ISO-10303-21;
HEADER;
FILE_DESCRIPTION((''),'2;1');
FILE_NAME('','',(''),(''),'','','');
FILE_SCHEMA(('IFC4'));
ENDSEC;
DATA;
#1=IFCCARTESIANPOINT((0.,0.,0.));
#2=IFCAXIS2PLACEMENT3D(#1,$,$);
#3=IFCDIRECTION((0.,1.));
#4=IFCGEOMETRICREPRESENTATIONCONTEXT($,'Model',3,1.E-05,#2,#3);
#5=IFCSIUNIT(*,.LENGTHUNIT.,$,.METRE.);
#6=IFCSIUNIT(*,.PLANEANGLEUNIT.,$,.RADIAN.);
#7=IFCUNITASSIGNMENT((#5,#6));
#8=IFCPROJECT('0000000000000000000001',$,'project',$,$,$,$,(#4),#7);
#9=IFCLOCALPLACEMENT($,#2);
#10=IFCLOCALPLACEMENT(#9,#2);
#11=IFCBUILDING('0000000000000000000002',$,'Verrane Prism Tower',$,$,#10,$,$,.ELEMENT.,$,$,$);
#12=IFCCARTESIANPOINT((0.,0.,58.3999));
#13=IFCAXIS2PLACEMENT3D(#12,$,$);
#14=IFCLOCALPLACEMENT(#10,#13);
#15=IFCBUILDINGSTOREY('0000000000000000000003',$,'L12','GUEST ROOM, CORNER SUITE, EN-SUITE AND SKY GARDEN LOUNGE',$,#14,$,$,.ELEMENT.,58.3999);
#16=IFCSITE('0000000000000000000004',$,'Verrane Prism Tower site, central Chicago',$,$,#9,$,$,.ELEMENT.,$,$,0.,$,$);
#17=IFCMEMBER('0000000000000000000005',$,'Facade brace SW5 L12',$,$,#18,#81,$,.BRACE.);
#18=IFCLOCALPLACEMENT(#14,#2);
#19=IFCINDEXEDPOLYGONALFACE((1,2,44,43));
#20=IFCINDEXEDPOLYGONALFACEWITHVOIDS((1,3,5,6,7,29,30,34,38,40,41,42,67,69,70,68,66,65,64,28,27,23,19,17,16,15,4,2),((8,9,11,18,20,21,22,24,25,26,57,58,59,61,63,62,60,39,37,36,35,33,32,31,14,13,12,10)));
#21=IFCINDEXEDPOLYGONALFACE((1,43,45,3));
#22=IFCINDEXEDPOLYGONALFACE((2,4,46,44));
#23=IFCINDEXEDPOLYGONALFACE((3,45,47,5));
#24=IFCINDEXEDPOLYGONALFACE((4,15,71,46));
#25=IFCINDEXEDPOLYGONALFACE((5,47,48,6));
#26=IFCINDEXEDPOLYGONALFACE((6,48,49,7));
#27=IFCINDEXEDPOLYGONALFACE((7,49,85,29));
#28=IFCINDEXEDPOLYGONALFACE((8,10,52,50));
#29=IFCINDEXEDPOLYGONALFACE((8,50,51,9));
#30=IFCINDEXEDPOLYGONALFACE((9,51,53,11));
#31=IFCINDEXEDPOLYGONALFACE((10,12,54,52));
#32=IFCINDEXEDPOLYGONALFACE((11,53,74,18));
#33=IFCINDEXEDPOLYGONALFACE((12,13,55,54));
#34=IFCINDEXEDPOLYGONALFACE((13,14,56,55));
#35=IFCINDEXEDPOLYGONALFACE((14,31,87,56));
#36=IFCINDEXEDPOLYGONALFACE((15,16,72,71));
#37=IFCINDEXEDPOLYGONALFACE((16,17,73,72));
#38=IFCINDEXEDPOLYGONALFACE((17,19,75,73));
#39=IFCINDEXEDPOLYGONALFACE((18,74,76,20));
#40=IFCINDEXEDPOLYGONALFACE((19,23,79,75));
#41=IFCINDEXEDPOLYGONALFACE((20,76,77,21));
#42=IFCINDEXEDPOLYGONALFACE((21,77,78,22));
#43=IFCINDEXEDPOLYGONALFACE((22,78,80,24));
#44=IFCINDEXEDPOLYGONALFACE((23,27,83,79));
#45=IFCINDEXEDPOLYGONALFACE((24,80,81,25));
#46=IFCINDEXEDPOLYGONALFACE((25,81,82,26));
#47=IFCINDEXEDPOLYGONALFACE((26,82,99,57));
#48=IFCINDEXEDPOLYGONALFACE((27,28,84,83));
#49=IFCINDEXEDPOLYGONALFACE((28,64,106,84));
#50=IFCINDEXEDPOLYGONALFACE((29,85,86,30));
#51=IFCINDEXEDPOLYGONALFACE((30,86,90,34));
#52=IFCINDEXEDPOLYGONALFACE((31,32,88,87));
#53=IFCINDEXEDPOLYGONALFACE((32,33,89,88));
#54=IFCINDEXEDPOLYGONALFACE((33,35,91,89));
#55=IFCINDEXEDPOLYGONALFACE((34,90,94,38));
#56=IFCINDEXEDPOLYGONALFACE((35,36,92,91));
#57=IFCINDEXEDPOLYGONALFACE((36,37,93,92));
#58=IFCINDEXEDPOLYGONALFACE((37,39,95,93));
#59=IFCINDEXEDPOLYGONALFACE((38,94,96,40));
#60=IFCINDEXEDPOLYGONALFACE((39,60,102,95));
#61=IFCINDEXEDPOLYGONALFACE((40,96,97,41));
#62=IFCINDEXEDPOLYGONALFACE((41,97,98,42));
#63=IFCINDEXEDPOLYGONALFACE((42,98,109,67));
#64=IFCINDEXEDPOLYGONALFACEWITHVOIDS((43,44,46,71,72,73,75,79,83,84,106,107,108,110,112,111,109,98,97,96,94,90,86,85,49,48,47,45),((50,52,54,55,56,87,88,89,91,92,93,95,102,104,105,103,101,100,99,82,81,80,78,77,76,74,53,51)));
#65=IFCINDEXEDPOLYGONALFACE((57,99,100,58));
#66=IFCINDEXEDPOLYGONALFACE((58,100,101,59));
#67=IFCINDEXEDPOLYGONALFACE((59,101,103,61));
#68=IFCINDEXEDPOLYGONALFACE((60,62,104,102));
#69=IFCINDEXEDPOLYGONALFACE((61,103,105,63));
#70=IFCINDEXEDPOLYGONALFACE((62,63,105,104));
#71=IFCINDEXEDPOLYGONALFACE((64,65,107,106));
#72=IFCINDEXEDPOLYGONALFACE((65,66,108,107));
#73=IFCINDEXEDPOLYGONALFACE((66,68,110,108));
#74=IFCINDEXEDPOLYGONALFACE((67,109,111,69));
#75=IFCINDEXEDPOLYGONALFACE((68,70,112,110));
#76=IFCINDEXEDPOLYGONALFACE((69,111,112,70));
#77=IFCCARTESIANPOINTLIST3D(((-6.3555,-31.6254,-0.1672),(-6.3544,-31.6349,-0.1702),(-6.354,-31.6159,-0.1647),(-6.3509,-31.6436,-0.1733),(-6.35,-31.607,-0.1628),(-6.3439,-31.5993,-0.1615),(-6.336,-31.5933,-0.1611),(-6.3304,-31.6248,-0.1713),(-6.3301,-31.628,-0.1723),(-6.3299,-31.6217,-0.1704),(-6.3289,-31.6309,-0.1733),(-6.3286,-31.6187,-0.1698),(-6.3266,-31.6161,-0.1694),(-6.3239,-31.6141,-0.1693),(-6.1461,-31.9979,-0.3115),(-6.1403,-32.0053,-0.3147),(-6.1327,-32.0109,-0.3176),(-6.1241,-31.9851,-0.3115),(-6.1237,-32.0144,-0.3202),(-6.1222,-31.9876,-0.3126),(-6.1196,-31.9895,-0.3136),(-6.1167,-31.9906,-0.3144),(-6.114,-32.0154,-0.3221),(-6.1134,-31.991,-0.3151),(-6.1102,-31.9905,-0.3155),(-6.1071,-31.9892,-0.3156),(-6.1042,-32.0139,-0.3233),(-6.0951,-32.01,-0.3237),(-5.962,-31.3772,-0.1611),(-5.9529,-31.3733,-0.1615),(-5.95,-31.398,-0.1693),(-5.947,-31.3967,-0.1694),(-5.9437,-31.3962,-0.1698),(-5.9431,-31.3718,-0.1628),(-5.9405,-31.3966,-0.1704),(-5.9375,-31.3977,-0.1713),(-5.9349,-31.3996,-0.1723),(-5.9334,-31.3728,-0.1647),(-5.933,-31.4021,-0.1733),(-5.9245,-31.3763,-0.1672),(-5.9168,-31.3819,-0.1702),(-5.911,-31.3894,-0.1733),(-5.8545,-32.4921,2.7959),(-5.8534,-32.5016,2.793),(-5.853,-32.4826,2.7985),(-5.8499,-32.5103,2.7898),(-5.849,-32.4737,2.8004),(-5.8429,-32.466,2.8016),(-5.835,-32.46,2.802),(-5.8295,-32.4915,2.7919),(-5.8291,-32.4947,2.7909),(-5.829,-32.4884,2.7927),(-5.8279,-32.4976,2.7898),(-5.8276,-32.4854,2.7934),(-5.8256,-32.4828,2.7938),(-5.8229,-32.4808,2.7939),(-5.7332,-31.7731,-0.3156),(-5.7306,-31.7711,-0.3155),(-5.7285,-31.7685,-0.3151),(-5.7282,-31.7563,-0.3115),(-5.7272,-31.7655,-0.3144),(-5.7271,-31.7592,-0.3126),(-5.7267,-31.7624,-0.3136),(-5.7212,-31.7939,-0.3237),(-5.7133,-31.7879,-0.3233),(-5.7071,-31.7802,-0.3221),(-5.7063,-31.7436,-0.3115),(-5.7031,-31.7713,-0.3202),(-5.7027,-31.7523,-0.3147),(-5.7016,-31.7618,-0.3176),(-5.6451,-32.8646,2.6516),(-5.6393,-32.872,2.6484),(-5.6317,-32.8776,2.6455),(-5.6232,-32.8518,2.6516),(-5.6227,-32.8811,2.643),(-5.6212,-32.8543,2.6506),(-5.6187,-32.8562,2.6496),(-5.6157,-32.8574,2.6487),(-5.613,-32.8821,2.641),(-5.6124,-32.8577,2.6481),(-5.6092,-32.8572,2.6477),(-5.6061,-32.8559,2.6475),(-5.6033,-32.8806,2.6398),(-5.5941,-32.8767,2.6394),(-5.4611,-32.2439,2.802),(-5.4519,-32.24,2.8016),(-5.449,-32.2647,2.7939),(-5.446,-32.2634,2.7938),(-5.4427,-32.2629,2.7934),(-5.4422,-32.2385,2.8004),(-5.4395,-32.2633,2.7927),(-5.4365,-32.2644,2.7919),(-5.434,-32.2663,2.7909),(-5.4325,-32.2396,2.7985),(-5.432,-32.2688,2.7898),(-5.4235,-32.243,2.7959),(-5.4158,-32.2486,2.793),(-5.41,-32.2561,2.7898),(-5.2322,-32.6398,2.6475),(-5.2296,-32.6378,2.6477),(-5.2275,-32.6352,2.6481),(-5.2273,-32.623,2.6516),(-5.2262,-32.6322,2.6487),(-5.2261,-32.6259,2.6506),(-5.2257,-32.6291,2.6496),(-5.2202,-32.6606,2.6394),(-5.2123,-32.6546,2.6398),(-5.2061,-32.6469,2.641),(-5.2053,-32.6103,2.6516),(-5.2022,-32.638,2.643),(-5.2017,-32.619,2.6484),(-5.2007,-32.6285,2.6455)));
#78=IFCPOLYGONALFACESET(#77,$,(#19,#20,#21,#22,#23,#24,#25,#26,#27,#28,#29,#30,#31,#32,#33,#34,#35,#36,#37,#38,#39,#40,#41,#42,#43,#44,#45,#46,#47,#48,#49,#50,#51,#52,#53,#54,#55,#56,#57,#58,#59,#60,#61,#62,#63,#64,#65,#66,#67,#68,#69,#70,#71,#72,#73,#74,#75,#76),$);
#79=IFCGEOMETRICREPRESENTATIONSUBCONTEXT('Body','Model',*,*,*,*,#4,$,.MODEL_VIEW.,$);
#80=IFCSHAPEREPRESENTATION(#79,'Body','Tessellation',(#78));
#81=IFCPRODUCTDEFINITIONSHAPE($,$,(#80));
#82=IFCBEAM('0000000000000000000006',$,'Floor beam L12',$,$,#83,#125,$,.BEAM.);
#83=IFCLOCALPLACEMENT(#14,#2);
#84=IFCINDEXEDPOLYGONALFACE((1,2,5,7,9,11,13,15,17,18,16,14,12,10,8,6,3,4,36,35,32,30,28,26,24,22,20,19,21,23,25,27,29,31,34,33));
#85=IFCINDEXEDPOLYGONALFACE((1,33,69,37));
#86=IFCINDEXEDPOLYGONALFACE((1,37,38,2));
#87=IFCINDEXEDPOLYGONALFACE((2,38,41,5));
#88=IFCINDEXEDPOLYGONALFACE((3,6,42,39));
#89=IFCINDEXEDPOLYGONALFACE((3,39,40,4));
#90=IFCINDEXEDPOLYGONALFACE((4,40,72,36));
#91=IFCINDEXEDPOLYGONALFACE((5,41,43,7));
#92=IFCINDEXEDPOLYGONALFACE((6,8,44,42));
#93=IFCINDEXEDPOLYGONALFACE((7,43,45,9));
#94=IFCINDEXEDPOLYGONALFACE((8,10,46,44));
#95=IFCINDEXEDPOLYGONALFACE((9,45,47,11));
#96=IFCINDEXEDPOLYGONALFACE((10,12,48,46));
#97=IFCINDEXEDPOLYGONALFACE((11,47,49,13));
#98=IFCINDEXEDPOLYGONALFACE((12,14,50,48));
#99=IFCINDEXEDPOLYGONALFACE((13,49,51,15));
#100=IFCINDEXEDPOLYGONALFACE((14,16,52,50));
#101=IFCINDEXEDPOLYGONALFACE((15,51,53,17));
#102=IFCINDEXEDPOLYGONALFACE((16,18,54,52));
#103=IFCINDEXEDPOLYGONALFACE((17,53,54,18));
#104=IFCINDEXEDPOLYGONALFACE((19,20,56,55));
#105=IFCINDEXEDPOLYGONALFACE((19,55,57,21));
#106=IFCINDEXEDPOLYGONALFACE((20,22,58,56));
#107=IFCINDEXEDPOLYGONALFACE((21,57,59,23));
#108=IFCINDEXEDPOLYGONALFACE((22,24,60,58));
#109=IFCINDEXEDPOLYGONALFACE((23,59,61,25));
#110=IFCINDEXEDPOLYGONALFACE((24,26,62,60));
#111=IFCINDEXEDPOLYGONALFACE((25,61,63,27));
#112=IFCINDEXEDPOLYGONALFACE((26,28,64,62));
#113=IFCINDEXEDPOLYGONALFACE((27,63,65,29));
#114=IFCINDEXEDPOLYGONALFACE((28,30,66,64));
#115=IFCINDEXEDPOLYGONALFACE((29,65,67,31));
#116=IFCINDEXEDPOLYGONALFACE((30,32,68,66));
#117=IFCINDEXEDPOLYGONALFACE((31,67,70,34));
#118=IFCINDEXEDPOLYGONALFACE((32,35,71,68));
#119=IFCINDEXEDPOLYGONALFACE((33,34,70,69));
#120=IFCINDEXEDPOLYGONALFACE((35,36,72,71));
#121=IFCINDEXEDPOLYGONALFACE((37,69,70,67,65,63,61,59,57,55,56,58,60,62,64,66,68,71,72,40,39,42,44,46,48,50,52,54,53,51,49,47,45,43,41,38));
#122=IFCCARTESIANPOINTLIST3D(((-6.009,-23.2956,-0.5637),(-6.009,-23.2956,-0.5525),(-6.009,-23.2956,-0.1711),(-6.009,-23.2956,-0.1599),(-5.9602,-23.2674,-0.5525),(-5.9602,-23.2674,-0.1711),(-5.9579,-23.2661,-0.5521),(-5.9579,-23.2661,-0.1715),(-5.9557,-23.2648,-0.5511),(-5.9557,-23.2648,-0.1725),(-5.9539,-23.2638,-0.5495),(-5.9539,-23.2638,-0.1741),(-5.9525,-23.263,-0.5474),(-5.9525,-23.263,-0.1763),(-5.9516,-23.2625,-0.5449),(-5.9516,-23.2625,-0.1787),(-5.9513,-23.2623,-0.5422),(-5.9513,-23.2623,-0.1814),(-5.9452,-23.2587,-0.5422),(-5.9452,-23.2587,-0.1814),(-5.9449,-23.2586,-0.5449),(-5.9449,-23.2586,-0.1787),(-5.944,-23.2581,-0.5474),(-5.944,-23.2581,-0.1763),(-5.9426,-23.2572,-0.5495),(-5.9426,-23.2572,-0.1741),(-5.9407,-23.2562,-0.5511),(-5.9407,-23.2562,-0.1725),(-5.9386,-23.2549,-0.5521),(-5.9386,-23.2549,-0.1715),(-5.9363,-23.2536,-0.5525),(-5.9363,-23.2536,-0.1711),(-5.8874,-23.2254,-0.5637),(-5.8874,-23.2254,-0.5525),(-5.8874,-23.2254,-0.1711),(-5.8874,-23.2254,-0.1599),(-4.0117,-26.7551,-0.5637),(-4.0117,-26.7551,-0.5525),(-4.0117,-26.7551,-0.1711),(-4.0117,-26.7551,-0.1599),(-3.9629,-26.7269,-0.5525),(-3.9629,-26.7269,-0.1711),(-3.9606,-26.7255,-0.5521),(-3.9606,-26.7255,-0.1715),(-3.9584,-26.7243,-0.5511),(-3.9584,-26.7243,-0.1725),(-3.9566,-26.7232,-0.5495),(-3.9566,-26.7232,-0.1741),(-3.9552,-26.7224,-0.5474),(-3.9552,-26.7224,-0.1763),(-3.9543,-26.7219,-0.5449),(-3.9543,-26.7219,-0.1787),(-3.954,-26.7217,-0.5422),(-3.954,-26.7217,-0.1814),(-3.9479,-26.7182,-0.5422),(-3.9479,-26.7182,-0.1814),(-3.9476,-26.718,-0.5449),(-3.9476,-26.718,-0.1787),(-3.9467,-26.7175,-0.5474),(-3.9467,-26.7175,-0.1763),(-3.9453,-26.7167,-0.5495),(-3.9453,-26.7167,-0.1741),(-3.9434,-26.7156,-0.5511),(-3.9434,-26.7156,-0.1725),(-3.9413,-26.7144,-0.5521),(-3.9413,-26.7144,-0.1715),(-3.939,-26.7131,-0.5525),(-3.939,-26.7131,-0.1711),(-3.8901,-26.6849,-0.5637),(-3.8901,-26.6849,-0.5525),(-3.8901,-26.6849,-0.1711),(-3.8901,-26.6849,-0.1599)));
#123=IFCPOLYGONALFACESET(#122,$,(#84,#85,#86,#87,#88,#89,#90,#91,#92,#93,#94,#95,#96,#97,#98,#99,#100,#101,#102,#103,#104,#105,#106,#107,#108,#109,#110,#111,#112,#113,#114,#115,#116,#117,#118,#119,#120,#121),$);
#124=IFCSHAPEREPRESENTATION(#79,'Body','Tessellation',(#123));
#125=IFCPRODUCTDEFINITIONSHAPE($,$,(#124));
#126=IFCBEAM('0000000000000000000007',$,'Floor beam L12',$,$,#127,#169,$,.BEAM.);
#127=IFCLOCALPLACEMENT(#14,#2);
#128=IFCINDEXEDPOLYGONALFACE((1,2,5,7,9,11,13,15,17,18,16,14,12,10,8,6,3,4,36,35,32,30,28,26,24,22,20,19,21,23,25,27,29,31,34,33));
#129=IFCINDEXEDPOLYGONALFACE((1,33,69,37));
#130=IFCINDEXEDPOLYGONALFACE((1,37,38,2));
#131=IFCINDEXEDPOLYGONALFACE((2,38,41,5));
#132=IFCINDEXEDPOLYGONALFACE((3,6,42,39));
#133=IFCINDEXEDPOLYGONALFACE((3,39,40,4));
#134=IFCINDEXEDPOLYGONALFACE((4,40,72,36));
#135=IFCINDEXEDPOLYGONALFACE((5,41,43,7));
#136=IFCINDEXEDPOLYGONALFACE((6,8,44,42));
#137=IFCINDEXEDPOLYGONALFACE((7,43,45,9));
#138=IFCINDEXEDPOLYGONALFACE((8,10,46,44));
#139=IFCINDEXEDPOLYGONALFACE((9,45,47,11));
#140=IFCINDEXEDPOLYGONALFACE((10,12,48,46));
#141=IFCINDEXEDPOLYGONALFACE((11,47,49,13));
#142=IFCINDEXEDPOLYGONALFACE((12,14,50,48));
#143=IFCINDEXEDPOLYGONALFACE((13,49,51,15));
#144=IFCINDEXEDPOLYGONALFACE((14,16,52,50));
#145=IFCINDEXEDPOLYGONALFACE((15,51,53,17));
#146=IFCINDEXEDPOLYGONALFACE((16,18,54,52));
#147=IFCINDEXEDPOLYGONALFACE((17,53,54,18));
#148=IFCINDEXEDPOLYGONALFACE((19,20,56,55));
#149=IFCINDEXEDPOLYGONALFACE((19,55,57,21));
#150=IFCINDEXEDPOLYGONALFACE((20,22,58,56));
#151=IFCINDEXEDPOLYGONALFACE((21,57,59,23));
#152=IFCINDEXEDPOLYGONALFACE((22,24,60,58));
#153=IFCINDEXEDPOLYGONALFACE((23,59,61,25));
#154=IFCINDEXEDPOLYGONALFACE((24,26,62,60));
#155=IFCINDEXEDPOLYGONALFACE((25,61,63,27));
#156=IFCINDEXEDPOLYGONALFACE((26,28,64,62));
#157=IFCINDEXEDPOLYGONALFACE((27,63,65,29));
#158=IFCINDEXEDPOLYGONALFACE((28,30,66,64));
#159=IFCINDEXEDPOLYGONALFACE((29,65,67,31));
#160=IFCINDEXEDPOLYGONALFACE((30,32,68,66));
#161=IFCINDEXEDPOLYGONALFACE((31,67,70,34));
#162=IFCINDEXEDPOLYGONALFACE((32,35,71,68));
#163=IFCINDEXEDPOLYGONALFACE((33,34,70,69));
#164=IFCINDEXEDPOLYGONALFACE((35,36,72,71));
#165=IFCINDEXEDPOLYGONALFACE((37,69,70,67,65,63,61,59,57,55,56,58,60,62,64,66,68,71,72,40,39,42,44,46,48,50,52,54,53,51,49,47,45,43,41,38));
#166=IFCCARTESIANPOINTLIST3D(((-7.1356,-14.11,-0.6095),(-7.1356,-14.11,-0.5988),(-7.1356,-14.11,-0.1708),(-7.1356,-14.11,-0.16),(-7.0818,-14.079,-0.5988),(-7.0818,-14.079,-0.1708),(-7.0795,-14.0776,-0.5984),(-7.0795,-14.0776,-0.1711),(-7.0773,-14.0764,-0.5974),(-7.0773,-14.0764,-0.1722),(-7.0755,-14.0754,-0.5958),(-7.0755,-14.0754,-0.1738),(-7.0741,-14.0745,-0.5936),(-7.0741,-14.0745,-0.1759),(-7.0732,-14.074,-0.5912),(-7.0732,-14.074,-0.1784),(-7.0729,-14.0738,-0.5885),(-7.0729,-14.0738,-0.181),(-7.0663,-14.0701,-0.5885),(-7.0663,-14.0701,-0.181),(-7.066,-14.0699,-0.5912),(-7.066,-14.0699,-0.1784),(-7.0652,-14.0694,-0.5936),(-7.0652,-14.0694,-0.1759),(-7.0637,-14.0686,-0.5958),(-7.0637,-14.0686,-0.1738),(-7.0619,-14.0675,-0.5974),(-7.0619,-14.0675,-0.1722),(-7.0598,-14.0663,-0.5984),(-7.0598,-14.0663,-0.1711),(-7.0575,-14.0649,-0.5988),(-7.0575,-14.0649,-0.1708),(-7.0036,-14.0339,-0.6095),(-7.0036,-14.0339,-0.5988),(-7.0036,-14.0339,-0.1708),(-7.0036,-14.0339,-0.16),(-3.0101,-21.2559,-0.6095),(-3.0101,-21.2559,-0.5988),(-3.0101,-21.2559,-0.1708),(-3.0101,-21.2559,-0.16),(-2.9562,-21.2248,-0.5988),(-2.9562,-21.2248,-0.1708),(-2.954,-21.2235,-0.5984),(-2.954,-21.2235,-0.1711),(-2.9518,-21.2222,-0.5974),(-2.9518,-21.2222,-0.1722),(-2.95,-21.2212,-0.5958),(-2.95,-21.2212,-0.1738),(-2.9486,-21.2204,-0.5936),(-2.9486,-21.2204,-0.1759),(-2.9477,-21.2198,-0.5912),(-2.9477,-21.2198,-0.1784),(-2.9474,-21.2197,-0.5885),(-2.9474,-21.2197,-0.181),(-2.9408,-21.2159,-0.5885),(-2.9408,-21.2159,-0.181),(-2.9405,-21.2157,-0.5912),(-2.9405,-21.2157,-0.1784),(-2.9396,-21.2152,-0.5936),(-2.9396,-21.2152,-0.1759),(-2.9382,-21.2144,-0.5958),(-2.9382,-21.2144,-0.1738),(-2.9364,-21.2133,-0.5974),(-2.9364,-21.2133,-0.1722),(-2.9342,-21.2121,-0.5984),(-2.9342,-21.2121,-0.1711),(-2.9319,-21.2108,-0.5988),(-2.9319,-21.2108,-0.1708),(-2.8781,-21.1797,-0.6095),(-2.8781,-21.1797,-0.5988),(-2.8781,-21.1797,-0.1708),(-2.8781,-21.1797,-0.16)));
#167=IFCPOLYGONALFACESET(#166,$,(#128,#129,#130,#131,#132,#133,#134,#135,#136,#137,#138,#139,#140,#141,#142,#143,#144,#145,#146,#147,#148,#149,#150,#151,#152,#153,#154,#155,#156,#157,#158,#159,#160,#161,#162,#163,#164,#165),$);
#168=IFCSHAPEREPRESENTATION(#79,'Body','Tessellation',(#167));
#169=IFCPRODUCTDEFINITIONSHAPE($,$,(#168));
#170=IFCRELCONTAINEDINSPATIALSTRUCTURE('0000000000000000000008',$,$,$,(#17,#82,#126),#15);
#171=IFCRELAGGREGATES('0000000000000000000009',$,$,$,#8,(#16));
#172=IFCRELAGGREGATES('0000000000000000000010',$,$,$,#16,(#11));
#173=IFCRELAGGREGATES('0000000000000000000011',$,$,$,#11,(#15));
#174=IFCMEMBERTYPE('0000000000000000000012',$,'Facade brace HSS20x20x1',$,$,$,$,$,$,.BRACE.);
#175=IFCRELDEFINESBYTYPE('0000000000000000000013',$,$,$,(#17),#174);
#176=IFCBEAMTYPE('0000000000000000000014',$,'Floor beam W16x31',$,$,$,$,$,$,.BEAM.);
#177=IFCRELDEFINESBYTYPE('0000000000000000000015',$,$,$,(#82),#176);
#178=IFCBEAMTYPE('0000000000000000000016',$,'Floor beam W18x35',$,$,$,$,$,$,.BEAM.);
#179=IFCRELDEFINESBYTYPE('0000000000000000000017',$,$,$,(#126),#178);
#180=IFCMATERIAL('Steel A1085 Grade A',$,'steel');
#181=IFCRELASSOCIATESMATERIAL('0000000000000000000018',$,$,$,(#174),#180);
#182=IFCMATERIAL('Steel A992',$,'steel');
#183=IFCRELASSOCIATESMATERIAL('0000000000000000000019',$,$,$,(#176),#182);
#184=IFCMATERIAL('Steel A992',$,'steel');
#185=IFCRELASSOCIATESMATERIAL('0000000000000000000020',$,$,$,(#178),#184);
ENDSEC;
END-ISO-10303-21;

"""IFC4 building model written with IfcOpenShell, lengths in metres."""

from ifc_helpers import new_model, si_unit, direction, frame, origin, origin_2d, place, context, subcontext, project, spatial, hollow_rectangle, i_section, extrude, material, material_profile, profile_set, type_object, element, save


model = new_model("IFC4")

# Units and contexts
model_context = context("Model", 3, precision=1e-05, world=origin(), true_north=direction((0.0, 1.0)))
body_context = subcontext(model_context, "Body", "Model", "MODEL_VIEW")
ifc_project = project(units=[si_unit("LENGTHUNIT", "METRE"), si_unit("PLANEANGLEUNIT", "RADIAN")], contexts=[model_context])

# Site, building, storey
site_placement = place(None, origin())
site = spatial("IfcSite", under=ifc_project, at=site_placement, Name="Verrane Prism Tower site, central Chicago", CompositionType="ELEMENT", RefElevation=0.0)
building_placement = place(site_placement, origin())
building = spatial("IfcBuilding", under=site, at=building_placement, Name="Verrane Prism Tower", CompositionType="ELEMENT")
storey_placement = place(building_placement, frame((0.0, 0.0, 58.3999)))
storey = spatial("IfcBuildingStorey", under=building, at=storey_placement, Name="L12", Description="GUEST ROOM, CORNER SUITE, EN-SUITE AND SKY GARDEN LOUNGE", CompositionType="ELEMENT", Elevation=58.3999)

# Member
ifc_material_1 = material(Name="Steel A1085 Grade A", Category="steel")
ifc_material_profile_1 = material_profile(ifc_material_1, hollow_rectangle(XDim=0.5081, YDim=0.5081, WallThickness=0.0254, InnerFilletRadius=0.0127, OuterFilletRadius=0.0381, at=origin_2d()), Name="HSS20x20x1")
ifc_profile_set_1 = profile_set([ifc_material_profile_1], Name="Steel A1085 Grade A")
member_type_1 = type_object("IfcMemberType", Name="Facade brace HSS20x20x1", PredefinedType="BRACE", material=ifc_profile_set_1)
member_1_placement = place(storey_placement, frame((-6.0286, -31.6936, -0.2424), z_axis=(0.160176, -0.277107, 0.947394), x_axis=(0.865771, 0.50044, 0.0)))
element("IfcMember", 1, at=member_1_placement, inside=storey, type_object=member_type_1, Name="Facade brace SW5 L12", PredefinedType="BRACE", context=body_context, shape_type="SweptSolid", body=[
    extrude(hollow_rectangle(XDim=0.5081, YDim=0.5081, WallThickness=0.0254, InnerFilletRadius=0.0127, OuterFilletRadius=0.0381, at=origin_2d()), origin(), (0.0, 0.0, 1.0), 3.1277),
])

# Beams
ifc_material_2 = material(Name="Steel A992", Category="steel")
ifc_material_profile_2 = material_profile(ifc_material_2, i_section(OverallWidth=0.1404, OverallDepth=0.4038, WebThickness=0.0071, FlangeThickness=0.0112, FilletRadius=0.0103, at=origin_2d()), Name="W16x31")
ifc_profile_set_2 = profile_set([ifc_material_profile_2], Name="Steel A992")
beam_type_1 = type_object("IfcBeamType", Name="Floor beam W16x31", PredefinedType="BEAM", material=ifc_profile_set_2)
beam_1_placement = place(storey_placement, frame((-3.9509, -26.72, -0.3618), z_axis=(-0.499998, 0.866027, 0.0), x_axis=(-0.866027, -0.499998, 0.0)))
element("IfcBeam", 2, at=beam_1_placement, inside=storey, type_object=beam_type_1, Name="Floor beam L12", PredefinedType="BEAM", context=body_context, shape_type="SweptSolid", body=[
    extrude(i_section(OverallWidth=0.1404, OverallDepth=0.4038, WebThickness=0.0071, FlangeThickness=0.0112, FilletRadius=0.0103, at=origin_2d()), origin(), (0.0, 0.0, 1.0), 3.9946),
])
ifc_material_3 = material(Name="Steel A992", Category="steel")
ifc_material_profile_3 = material_profile(ifc_material_3, i_section(OverallWidth=0.1523, OverallDepth=0.4495, WebThickness=0.0076, FlangeThickness=0.0107, FilletRadius=0.0103, at=origin_2d()), Name="W18x35")
ifc_profile_set_3 = profile_set([ifc_material_profile_3], Name="Steel A992")
beam_type_2 = type_object("IfcBeamType", Name="Floor beam W18x35", PredefinedType="BEAM", material=ifc_profile_set_3)
beam_2_placement = place(storey_placement, frame((-2.9441, -21.2178, -0.3848), z_axis=(-0.49999, 0.866031, 0.0), x_axis=(-0.866031, -0.49999, 0.0)))
element("IfcBeam", 3, at=beam_2_placement, inside=storey, type_object=beam_type_2, Name="Floor beam L12", PredefinedType="BEAM", context=body_context, shape_type="SweptSolid", body=[
    extrude(i_section(OverallWidth=0.1523, OverallDepth=0.4495, WebThickness=0.0076, FlangeThickness=0.0107, FilletRadius=0.0103, at=origin_2d()), origin(), (0.0, 0.0, 1.0), 8.2512),
])

save(model, "model.ifc")
